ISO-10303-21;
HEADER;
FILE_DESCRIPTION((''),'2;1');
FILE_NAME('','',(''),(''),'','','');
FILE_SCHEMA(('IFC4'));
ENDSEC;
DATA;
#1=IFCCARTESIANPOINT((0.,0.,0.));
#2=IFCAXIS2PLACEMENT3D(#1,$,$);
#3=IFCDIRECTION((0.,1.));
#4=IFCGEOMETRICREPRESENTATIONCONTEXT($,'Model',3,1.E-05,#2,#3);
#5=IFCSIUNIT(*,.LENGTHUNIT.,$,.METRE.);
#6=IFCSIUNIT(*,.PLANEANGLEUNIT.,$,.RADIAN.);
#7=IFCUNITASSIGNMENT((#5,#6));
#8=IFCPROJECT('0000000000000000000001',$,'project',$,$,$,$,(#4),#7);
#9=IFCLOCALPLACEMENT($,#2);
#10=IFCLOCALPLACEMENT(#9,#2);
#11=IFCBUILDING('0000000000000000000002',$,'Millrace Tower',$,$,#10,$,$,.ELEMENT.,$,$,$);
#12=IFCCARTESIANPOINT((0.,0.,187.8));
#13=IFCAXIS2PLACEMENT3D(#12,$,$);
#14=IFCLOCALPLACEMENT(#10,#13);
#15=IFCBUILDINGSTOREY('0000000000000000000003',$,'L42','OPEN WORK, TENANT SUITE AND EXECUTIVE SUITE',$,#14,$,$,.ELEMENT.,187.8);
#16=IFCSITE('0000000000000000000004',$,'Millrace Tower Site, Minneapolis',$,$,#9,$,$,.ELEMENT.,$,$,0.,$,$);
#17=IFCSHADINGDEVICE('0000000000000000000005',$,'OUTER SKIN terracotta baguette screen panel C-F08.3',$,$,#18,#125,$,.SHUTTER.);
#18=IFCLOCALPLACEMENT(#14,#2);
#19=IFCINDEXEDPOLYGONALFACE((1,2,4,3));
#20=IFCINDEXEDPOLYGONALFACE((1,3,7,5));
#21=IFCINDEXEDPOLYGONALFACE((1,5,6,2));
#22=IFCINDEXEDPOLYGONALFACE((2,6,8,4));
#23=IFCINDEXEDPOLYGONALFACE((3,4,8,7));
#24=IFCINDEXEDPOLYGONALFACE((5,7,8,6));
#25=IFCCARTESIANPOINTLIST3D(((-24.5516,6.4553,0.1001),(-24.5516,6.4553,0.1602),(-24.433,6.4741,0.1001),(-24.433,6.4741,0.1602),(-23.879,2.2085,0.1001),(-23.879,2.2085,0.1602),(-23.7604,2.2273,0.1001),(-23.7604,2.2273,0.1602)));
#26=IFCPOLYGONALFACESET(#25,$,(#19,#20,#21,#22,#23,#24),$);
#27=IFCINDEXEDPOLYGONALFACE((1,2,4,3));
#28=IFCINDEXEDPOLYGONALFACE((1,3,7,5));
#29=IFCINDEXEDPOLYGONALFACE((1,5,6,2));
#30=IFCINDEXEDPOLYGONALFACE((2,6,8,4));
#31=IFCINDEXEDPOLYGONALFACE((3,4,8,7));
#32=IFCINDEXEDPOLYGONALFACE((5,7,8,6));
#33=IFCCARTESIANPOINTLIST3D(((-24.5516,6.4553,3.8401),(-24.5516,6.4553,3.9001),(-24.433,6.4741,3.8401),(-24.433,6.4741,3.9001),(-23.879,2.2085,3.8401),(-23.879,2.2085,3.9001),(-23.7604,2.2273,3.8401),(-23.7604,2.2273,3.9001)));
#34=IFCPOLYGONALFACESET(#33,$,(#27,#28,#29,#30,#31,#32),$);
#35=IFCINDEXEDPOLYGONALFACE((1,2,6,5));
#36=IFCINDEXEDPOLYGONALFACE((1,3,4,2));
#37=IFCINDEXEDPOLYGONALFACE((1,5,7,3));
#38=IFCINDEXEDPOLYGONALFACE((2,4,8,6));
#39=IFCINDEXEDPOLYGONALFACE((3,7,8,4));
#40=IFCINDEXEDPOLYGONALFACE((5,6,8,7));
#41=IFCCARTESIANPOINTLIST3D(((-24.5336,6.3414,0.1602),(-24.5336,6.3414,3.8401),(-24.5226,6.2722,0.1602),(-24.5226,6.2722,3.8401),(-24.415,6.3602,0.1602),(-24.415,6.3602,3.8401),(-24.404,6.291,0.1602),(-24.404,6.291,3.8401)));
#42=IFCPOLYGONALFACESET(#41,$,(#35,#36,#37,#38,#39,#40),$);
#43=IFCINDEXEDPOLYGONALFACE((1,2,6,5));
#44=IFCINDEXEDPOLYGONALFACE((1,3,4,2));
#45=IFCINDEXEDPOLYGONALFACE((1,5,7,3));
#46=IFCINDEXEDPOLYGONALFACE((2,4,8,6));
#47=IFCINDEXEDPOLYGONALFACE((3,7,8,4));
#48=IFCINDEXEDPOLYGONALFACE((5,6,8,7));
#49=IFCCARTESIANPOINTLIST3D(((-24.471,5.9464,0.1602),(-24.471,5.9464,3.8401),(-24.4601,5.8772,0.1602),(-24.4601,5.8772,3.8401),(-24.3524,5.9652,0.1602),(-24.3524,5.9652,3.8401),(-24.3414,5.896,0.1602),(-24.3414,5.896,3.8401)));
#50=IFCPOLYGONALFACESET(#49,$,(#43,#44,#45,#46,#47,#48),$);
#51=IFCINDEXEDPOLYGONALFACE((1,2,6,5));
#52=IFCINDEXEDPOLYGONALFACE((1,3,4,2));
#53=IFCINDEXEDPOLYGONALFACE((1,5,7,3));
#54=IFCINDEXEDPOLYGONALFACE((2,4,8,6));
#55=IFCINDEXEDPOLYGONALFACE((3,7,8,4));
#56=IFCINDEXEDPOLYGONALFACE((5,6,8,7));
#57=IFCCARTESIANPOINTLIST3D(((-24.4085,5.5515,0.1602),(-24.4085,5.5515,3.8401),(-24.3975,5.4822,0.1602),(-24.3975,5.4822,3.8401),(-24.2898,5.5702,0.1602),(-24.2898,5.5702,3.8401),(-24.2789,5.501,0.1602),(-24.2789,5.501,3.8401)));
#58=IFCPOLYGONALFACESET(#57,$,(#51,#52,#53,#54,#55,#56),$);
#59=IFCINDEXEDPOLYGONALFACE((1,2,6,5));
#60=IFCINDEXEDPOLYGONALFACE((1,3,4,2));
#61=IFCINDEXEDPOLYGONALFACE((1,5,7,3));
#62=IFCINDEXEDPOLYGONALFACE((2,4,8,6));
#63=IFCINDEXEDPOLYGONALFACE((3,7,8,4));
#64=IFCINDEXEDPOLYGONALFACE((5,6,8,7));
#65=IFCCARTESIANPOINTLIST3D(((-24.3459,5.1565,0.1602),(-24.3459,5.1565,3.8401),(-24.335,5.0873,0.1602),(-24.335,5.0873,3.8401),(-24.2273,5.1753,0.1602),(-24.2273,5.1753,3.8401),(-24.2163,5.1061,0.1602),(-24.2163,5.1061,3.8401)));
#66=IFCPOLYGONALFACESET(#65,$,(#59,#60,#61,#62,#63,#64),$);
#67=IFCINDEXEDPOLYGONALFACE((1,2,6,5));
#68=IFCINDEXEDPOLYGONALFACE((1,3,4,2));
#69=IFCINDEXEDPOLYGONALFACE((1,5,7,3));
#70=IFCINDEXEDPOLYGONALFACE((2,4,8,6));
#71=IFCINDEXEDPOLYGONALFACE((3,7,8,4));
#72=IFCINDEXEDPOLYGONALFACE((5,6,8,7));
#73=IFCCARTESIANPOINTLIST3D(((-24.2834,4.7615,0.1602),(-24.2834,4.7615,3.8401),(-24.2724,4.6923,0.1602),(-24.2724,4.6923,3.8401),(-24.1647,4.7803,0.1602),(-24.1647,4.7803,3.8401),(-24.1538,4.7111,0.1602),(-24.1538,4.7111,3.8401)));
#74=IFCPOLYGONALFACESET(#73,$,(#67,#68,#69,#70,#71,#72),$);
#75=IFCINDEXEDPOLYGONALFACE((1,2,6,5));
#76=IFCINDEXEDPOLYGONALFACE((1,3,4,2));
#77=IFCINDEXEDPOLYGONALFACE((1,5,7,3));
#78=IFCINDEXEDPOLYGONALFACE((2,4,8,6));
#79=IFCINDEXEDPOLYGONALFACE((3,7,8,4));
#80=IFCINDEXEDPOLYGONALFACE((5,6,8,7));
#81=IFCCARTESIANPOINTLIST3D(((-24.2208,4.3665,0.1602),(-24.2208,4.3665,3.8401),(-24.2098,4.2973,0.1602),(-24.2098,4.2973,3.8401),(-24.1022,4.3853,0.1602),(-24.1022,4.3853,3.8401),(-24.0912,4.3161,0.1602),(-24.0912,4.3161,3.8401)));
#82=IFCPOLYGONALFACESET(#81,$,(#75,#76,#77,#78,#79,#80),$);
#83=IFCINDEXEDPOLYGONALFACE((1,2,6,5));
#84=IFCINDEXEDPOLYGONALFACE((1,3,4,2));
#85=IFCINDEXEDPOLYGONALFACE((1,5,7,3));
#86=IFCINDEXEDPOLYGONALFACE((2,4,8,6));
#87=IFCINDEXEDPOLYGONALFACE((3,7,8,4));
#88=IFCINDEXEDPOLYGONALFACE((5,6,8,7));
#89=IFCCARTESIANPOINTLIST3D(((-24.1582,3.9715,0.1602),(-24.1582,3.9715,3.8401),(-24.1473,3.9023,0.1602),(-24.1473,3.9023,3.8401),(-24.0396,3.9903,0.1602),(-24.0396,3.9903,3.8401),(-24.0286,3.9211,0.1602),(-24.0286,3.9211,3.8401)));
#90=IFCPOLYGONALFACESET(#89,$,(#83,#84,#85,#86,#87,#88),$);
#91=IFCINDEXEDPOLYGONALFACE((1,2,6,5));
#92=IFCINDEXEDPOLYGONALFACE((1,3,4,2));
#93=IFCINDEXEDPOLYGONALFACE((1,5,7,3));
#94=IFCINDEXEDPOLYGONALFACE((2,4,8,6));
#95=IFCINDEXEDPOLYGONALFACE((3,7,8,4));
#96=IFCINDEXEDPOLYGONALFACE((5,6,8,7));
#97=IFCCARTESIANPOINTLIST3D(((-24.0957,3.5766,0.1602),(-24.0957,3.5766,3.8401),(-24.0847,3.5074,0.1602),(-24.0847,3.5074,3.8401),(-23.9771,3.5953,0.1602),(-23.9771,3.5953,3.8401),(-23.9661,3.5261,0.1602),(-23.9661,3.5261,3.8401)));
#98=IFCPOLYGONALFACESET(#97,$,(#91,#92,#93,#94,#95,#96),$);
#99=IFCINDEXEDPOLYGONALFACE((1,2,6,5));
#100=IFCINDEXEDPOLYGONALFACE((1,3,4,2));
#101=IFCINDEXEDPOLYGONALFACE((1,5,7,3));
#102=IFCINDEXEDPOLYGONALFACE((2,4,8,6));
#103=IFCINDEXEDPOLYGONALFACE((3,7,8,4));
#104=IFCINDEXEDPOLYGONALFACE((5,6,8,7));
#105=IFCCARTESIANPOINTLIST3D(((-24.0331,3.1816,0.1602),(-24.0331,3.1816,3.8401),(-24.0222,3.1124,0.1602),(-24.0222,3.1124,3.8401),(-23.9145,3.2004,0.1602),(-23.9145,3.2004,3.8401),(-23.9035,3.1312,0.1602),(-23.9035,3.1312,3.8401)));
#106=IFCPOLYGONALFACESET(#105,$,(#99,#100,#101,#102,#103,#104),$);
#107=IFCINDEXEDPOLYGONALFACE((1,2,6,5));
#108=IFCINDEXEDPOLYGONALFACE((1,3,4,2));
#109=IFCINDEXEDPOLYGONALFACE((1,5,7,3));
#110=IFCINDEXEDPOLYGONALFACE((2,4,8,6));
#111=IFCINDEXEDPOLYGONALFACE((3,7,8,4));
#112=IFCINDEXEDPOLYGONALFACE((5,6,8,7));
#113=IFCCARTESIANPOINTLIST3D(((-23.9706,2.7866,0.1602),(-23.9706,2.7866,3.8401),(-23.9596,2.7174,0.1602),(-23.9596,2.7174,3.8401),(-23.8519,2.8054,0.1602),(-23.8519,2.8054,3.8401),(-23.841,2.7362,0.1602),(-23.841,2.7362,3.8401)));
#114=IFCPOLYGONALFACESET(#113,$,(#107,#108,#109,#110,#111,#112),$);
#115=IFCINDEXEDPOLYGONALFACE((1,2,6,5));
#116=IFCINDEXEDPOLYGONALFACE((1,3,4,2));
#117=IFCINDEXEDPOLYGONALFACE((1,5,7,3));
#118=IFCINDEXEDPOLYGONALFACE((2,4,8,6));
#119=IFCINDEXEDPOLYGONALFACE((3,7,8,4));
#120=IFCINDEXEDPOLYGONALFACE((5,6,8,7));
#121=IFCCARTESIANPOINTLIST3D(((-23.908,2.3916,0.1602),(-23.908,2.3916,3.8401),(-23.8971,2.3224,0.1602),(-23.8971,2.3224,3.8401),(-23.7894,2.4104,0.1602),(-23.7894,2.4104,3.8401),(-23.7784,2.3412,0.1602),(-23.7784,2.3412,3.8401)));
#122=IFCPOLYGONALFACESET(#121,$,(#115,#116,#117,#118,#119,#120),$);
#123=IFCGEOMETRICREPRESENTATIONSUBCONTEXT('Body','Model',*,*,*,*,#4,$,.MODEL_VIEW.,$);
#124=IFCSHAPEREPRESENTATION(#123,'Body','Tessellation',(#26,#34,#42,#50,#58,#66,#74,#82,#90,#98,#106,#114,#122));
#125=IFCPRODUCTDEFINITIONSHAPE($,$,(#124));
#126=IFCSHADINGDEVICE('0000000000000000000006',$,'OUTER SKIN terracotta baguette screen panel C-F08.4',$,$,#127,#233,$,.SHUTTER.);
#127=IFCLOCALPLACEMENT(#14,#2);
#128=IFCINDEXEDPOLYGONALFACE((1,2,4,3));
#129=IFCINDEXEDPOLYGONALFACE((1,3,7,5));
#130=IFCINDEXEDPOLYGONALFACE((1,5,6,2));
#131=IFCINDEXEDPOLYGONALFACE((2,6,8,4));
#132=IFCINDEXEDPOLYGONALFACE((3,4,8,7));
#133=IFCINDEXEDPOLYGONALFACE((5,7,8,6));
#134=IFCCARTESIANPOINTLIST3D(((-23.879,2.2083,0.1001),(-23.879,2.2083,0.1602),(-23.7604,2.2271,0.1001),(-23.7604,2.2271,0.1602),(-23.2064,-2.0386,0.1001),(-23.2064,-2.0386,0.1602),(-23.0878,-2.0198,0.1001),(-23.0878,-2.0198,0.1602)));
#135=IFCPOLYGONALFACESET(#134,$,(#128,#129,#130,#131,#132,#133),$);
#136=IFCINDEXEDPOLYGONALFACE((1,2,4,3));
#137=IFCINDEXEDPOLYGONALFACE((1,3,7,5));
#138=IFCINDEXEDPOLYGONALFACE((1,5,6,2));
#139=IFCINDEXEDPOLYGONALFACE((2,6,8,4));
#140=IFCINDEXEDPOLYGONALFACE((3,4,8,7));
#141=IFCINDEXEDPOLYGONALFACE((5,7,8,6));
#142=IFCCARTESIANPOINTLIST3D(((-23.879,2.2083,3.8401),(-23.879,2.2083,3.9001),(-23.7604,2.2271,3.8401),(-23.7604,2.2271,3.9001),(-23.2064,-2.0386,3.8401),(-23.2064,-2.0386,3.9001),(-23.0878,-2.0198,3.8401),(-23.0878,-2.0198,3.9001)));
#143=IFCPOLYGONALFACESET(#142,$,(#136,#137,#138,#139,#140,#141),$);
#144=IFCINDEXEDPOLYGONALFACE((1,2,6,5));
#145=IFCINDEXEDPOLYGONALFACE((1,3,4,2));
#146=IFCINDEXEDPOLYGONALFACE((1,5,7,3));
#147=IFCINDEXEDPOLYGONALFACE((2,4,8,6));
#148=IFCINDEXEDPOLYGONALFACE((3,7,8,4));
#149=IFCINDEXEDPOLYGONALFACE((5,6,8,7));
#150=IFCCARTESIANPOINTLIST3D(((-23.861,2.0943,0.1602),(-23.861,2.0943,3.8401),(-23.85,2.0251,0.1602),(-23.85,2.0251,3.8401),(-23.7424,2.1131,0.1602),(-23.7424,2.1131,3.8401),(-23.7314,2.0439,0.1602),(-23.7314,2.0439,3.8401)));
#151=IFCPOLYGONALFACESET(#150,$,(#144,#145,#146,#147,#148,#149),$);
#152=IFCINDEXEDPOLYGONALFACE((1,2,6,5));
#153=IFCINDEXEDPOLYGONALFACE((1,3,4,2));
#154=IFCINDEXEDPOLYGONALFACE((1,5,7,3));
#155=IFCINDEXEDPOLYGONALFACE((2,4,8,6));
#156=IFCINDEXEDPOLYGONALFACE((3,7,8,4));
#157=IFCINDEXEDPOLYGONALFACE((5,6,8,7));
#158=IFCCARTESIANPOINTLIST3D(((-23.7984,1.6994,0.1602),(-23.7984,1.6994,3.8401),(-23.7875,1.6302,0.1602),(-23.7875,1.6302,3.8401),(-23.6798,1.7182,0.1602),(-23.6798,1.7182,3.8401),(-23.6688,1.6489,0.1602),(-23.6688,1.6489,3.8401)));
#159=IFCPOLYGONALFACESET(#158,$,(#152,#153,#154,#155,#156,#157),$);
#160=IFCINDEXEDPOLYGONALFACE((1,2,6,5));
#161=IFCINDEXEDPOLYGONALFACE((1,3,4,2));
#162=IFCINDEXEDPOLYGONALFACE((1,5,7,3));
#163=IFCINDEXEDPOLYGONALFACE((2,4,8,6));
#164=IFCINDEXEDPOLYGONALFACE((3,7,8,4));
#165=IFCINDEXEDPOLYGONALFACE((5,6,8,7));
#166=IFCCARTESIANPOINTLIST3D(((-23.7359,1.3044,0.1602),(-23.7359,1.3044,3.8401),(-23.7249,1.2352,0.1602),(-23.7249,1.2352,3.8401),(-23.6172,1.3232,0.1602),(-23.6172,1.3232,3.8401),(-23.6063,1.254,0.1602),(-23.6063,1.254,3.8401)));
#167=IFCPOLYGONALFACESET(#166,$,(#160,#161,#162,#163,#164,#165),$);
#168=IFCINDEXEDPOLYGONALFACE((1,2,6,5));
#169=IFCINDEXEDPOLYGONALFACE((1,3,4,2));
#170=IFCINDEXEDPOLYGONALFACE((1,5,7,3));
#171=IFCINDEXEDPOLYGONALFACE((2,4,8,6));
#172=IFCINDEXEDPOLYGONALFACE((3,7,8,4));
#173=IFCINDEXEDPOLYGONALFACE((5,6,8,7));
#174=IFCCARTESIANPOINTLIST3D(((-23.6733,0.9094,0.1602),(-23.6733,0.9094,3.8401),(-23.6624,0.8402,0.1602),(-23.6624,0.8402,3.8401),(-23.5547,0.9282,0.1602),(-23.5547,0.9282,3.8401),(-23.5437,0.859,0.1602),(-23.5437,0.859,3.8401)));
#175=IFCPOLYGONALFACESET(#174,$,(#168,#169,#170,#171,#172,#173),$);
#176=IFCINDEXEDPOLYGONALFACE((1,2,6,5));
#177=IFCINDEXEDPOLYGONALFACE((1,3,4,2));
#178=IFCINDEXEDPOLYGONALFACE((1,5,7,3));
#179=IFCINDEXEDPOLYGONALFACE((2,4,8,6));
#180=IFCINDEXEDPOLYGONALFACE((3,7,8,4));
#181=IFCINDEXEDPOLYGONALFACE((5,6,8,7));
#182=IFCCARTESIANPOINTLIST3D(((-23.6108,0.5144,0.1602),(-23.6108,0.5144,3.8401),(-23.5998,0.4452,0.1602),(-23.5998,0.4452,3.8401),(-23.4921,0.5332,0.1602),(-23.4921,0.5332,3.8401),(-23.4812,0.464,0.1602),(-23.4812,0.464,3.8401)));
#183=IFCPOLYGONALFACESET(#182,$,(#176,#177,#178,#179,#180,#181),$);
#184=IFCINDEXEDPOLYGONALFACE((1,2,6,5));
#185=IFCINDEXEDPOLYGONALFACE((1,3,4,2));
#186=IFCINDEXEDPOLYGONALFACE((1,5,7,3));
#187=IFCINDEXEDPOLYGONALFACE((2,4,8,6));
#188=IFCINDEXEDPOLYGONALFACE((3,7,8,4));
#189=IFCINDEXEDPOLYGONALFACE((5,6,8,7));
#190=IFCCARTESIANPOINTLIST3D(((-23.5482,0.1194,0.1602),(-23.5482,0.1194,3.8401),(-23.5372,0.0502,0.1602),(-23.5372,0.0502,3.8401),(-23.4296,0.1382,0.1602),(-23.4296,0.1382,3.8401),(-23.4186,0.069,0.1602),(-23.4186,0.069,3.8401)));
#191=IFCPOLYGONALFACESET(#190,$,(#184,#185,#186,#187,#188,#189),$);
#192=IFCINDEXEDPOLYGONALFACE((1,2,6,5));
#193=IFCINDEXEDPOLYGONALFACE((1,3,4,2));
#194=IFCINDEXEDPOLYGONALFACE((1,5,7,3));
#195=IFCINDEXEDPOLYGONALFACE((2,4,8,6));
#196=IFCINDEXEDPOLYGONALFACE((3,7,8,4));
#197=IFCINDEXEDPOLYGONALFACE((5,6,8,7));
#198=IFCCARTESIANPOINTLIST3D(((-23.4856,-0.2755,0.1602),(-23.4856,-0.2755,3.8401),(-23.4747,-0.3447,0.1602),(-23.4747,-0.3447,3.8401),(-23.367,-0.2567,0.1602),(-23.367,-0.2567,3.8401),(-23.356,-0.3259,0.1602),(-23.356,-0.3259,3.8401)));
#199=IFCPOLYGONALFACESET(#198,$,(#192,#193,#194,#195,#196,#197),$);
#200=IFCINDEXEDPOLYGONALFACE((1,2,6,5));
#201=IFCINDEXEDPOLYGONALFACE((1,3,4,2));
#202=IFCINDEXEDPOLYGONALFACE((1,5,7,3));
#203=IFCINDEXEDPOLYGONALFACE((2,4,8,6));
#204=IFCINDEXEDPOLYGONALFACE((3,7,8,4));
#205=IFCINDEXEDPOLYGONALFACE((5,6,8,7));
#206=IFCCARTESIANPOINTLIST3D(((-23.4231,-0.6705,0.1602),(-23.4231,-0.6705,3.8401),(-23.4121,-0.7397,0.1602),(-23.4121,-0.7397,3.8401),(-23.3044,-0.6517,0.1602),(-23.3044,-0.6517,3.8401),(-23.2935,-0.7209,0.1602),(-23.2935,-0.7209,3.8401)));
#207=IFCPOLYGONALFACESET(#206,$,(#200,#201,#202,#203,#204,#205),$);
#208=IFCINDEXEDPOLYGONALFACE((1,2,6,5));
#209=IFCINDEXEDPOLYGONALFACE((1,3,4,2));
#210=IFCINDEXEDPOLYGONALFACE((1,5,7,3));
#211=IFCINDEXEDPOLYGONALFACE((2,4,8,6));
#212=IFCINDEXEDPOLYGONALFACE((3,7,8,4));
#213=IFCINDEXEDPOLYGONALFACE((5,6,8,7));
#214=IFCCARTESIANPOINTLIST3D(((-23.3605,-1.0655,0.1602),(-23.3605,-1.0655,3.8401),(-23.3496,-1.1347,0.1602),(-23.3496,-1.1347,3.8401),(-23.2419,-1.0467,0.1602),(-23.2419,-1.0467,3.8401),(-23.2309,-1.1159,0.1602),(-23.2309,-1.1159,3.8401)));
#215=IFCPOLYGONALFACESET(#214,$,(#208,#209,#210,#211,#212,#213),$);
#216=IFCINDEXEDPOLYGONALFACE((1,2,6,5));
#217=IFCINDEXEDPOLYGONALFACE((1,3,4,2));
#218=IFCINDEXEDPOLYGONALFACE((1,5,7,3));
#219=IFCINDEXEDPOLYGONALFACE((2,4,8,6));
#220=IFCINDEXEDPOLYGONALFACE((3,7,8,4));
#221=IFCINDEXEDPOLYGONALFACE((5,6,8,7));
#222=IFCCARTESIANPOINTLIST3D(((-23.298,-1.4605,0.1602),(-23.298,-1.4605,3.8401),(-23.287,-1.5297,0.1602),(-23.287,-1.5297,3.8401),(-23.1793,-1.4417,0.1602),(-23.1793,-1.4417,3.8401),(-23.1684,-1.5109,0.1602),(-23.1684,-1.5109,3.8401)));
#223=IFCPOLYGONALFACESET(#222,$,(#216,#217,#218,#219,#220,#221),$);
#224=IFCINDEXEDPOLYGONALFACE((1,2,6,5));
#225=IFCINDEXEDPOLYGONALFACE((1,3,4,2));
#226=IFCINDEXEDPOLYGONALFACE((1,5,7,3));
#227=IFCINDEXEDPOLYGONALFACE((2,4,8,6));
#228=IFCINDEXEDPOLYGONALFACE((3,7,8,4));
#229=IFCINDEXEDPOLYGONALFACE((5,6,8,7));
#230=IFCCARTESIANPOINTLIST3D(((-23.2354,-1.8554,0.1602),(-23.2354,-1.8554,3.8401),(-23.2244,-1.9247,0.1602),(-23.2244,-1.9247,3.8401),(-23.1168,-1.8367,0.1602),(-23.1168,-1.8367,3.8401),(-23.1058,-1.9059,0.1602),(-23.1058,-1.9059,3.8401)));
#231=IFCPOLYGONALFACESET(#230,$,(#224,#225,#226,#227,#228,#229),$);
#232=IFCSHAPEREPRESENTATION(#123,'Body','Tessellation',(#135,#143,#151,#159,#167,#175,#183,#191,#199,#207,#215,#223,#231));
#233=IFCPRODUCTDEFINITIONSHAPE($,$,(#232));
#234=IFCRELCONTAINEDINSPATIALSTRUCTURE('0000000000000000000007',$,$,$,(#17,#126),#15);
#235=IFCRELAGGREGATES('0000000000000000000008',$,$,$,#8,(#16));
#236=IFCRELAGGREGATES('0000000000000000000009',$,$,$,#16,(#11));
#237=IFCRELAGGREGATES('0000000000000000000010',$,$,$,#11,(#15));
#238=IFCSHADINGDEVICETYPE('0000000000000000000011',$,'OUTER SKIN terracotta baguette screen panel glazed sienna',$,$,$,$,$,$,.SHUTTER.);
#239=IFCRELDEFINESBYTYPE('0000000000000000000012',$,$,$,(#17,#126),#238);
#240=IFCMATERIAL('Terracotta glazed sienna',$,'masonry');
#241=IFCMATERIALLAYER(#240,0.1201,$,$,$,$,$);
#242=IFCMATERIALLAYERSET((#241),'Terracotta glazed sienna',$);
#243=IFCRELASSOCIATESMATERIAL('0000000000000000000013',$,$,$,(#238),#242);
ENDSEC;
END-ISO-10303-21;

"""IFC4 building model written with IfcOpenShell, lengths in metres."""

from ifc_helpers import new_model, entity, si_unit, direction, frame, frame_2d, origin, origin_2d, place, context, subcontext, project, spatial, rectangle, extrude, source, transform, mapped, material, layer, layer_set, type_object, element, save


model = new_model("IFC4")

# Units and contexts
model_context = context("Model", 3, precision=1e-05, world=origin(), true_north=direction((0.0, 1.0)))
body_context = subcontext(model_context, "Body", "Model", "MODEL_VIEW")
ifc_project = project(units=[si_unit("LENGTHUNIT", "METRE"), si_unit("PLANEANGLEUNIT", "RADIAN")], contexts=[model_context])

# Site, building, storey
site_placement = place(None, origin())
site = spatial("IfcSite", under=ifc_project, at=site_placement, Name="Millrace Tower Site, Minneapolis", CompositionType="ELEMENT", RefElevation=0.0)
building_placement = place(site_placement, origin())
building = spatial("IfcBuilding", under=site, at=building_placement, Name="Millrace Tower", CompositionType="ELEMENT")
storey_placement = place(building_placement, frame((0.0, 0.0, 187.8)))
storey = spatial("IfcBuildingStorey", under=building, at=storey_placement, Name="L42", Description="OPEN WORK, TENANT SUITE AND EXECUTIVE SUITE", CompositionType="ELEMENT", Elevation=187.8)

# Shading devices
ifc_material_1 = material(Name="Terracotta glazed sienna", Category="masonry")
ifc_layer_1 = layer(ifc_material_1, 0.1201)
ifc_layer_set_1 = layer_set([ifc_layer_1], Name="Terracotta glazed sienna")
shading_device_type = type_object("IfcShadingDeviceType", Name="OUTER SKIN terracotta baguette screen panel glazed sienna", PredefinedType="SHUTTER", material=ifc_layer_set_1)
cartesian_point = entity("IfcCartesianPoint", [-2.1499, 0.0601])
shared_polyline = entity("IfcPolyline", [cartesian_point, entity("IfcCartesianPoint", [2.1499, 0.0601]), entity("IfcCartesianPoint", [2.1499, -0.0601]), entity("IfcCartesianPoint", [-2.1499, -0.0601]), cartesian_point])
shared_shape = source(origin(), body_context, "Body", "SweptSolid", [
    entity("IfcExtrudedAreaSolid", entity("IfcArbitraryClosedProfileDef", "AREA", None, shared_polyline), entity("IfcAxis2Placement3D", entity("IfcCartesianPoint", [0.0, 0.0, 0.0])), entity("IfcDirection", [0.0, 0.0, 1.0]), 0.0601),
    entity("IfcExtrudedAreaSolid", entity("IfcArbitraryClosedProfileDef", "AREA", None, shared_polyline), entity("IfcAxis2Placement3D", entity("IfcCartesianPoint", [0.0, 0.0, 3.74])), entity("IfcDirection", [0.0, 0.0, 1.0]), 0.0601),
    extrude(rectangle(XDim=0.0701, YDim=0.1201, at=frame_2d((-1.9995, 0.0))), frame((0.0, 0.0, 0.0601)), (0.0, 0.0, 1.0), 3.6799),
    extrude(rectangle(XDim=0.0701, YDim=0.1201, at=frame_2d((-1.5996, 0.0))), frame((0.0, 0.0, 0.0601)), (0.0, 0.0, 1.0), 3.6799),
    extrude(rectangle(XDim=0.0701, YDim=0.1201, at=frame_2d((-1.1997, 0.0))), frame((0.0, 0.0, 0.0601)), (0.0, 0.0, 1.0), 3.6799),
    extrude(rectangle(XDim=0.0701, YDim=0.1201, at=frame_2d((-0.7998, 0.0))), frame((0.0, 0.0, 0.0601)), (0.0, 0.0, 1.0), 3.6799),
    extrude(rectangle(XDim=0.0701, YDim=0.1201, at=frame_2d((-0.3999, 0.0))), frame((0.0, 0.0, 0.0601)), (0.0, 0.0, 1.0), 3.6799),
    extrude(rectangle(XDim=0.0701, YDim=0.1201, at=origin_2d()), frame((0.0, 0.0, 0.0601)), (0.0, 0.0, 1.0), 3.6799),
    extrude(rectangle(XDim=0.0701, YDim=0.1201, at=frame_2d((0.3999, 0.0))), frame((0.0, 0.0, 0.0601)), (0.0, 0.0, 1.0), 3.6799),
    extrude(rectangle(XDim=0.0701, YDim=0.1201, at=frame_2d((0.7998, 0.0))), frame((0.0, 0.0, 0.0601)), (0.0, 0.0, 1.0), 3.6799),
    extrude(rectangle(XDim=0.0701, YDim=0.1201, at=frame_2d((1.1997, 0.0))), frame((0.0, 0.0, 0.0601)), (0.0, 0.0, 1.0), 3.6799),
    extrude(rectangle(XDim=0.0701, YDim=0.1201, at=frame_2d((1.5996, 0.0))), frame((0.0, 0.0, 0.0601)), (0.0, 0.0, 1.0), 3.6799),
    extrude(rectangle(XDim=0.0701, YDim=0.1201, at=frame_2d((1.9995, 0.0))), frame((0.0, 0.0, 0.0601)), (0.0, 0.0, 1.0), 3.6799),
])
for number, where, z_axis, x_axis, name in (
    (1, (-24.156, 4.3413, 0.1001), (0.0, 0.0, 1.0), (0.156434, -0.987688, 0.0), "OUTER SKIN terracotta baguette screen panel C-F08.3"),
    (2, (-23.4834, 0.0942, 0.1001), (0.0, 0.0, 1.0), (0.156434, -0.987688, 0.0), "OUTER SKIN terracotta baguette screen panel C-F08.4"),
):
    element("IfcShadingDevice", number, at=place(storey_placement, frame(where, z_axis=z_axis, x_axis=x_axis)), inside=storey, type_object=shading_device_type, Name=name, PredefinedType="SHUTTER", context=body_context, shape_type="MappedRepresentation", body=[
        mapped(shared_shape, transform((0.0, 0.0, 0.0), scale=1.0)),
    ])

save(model, "model.ifc")
